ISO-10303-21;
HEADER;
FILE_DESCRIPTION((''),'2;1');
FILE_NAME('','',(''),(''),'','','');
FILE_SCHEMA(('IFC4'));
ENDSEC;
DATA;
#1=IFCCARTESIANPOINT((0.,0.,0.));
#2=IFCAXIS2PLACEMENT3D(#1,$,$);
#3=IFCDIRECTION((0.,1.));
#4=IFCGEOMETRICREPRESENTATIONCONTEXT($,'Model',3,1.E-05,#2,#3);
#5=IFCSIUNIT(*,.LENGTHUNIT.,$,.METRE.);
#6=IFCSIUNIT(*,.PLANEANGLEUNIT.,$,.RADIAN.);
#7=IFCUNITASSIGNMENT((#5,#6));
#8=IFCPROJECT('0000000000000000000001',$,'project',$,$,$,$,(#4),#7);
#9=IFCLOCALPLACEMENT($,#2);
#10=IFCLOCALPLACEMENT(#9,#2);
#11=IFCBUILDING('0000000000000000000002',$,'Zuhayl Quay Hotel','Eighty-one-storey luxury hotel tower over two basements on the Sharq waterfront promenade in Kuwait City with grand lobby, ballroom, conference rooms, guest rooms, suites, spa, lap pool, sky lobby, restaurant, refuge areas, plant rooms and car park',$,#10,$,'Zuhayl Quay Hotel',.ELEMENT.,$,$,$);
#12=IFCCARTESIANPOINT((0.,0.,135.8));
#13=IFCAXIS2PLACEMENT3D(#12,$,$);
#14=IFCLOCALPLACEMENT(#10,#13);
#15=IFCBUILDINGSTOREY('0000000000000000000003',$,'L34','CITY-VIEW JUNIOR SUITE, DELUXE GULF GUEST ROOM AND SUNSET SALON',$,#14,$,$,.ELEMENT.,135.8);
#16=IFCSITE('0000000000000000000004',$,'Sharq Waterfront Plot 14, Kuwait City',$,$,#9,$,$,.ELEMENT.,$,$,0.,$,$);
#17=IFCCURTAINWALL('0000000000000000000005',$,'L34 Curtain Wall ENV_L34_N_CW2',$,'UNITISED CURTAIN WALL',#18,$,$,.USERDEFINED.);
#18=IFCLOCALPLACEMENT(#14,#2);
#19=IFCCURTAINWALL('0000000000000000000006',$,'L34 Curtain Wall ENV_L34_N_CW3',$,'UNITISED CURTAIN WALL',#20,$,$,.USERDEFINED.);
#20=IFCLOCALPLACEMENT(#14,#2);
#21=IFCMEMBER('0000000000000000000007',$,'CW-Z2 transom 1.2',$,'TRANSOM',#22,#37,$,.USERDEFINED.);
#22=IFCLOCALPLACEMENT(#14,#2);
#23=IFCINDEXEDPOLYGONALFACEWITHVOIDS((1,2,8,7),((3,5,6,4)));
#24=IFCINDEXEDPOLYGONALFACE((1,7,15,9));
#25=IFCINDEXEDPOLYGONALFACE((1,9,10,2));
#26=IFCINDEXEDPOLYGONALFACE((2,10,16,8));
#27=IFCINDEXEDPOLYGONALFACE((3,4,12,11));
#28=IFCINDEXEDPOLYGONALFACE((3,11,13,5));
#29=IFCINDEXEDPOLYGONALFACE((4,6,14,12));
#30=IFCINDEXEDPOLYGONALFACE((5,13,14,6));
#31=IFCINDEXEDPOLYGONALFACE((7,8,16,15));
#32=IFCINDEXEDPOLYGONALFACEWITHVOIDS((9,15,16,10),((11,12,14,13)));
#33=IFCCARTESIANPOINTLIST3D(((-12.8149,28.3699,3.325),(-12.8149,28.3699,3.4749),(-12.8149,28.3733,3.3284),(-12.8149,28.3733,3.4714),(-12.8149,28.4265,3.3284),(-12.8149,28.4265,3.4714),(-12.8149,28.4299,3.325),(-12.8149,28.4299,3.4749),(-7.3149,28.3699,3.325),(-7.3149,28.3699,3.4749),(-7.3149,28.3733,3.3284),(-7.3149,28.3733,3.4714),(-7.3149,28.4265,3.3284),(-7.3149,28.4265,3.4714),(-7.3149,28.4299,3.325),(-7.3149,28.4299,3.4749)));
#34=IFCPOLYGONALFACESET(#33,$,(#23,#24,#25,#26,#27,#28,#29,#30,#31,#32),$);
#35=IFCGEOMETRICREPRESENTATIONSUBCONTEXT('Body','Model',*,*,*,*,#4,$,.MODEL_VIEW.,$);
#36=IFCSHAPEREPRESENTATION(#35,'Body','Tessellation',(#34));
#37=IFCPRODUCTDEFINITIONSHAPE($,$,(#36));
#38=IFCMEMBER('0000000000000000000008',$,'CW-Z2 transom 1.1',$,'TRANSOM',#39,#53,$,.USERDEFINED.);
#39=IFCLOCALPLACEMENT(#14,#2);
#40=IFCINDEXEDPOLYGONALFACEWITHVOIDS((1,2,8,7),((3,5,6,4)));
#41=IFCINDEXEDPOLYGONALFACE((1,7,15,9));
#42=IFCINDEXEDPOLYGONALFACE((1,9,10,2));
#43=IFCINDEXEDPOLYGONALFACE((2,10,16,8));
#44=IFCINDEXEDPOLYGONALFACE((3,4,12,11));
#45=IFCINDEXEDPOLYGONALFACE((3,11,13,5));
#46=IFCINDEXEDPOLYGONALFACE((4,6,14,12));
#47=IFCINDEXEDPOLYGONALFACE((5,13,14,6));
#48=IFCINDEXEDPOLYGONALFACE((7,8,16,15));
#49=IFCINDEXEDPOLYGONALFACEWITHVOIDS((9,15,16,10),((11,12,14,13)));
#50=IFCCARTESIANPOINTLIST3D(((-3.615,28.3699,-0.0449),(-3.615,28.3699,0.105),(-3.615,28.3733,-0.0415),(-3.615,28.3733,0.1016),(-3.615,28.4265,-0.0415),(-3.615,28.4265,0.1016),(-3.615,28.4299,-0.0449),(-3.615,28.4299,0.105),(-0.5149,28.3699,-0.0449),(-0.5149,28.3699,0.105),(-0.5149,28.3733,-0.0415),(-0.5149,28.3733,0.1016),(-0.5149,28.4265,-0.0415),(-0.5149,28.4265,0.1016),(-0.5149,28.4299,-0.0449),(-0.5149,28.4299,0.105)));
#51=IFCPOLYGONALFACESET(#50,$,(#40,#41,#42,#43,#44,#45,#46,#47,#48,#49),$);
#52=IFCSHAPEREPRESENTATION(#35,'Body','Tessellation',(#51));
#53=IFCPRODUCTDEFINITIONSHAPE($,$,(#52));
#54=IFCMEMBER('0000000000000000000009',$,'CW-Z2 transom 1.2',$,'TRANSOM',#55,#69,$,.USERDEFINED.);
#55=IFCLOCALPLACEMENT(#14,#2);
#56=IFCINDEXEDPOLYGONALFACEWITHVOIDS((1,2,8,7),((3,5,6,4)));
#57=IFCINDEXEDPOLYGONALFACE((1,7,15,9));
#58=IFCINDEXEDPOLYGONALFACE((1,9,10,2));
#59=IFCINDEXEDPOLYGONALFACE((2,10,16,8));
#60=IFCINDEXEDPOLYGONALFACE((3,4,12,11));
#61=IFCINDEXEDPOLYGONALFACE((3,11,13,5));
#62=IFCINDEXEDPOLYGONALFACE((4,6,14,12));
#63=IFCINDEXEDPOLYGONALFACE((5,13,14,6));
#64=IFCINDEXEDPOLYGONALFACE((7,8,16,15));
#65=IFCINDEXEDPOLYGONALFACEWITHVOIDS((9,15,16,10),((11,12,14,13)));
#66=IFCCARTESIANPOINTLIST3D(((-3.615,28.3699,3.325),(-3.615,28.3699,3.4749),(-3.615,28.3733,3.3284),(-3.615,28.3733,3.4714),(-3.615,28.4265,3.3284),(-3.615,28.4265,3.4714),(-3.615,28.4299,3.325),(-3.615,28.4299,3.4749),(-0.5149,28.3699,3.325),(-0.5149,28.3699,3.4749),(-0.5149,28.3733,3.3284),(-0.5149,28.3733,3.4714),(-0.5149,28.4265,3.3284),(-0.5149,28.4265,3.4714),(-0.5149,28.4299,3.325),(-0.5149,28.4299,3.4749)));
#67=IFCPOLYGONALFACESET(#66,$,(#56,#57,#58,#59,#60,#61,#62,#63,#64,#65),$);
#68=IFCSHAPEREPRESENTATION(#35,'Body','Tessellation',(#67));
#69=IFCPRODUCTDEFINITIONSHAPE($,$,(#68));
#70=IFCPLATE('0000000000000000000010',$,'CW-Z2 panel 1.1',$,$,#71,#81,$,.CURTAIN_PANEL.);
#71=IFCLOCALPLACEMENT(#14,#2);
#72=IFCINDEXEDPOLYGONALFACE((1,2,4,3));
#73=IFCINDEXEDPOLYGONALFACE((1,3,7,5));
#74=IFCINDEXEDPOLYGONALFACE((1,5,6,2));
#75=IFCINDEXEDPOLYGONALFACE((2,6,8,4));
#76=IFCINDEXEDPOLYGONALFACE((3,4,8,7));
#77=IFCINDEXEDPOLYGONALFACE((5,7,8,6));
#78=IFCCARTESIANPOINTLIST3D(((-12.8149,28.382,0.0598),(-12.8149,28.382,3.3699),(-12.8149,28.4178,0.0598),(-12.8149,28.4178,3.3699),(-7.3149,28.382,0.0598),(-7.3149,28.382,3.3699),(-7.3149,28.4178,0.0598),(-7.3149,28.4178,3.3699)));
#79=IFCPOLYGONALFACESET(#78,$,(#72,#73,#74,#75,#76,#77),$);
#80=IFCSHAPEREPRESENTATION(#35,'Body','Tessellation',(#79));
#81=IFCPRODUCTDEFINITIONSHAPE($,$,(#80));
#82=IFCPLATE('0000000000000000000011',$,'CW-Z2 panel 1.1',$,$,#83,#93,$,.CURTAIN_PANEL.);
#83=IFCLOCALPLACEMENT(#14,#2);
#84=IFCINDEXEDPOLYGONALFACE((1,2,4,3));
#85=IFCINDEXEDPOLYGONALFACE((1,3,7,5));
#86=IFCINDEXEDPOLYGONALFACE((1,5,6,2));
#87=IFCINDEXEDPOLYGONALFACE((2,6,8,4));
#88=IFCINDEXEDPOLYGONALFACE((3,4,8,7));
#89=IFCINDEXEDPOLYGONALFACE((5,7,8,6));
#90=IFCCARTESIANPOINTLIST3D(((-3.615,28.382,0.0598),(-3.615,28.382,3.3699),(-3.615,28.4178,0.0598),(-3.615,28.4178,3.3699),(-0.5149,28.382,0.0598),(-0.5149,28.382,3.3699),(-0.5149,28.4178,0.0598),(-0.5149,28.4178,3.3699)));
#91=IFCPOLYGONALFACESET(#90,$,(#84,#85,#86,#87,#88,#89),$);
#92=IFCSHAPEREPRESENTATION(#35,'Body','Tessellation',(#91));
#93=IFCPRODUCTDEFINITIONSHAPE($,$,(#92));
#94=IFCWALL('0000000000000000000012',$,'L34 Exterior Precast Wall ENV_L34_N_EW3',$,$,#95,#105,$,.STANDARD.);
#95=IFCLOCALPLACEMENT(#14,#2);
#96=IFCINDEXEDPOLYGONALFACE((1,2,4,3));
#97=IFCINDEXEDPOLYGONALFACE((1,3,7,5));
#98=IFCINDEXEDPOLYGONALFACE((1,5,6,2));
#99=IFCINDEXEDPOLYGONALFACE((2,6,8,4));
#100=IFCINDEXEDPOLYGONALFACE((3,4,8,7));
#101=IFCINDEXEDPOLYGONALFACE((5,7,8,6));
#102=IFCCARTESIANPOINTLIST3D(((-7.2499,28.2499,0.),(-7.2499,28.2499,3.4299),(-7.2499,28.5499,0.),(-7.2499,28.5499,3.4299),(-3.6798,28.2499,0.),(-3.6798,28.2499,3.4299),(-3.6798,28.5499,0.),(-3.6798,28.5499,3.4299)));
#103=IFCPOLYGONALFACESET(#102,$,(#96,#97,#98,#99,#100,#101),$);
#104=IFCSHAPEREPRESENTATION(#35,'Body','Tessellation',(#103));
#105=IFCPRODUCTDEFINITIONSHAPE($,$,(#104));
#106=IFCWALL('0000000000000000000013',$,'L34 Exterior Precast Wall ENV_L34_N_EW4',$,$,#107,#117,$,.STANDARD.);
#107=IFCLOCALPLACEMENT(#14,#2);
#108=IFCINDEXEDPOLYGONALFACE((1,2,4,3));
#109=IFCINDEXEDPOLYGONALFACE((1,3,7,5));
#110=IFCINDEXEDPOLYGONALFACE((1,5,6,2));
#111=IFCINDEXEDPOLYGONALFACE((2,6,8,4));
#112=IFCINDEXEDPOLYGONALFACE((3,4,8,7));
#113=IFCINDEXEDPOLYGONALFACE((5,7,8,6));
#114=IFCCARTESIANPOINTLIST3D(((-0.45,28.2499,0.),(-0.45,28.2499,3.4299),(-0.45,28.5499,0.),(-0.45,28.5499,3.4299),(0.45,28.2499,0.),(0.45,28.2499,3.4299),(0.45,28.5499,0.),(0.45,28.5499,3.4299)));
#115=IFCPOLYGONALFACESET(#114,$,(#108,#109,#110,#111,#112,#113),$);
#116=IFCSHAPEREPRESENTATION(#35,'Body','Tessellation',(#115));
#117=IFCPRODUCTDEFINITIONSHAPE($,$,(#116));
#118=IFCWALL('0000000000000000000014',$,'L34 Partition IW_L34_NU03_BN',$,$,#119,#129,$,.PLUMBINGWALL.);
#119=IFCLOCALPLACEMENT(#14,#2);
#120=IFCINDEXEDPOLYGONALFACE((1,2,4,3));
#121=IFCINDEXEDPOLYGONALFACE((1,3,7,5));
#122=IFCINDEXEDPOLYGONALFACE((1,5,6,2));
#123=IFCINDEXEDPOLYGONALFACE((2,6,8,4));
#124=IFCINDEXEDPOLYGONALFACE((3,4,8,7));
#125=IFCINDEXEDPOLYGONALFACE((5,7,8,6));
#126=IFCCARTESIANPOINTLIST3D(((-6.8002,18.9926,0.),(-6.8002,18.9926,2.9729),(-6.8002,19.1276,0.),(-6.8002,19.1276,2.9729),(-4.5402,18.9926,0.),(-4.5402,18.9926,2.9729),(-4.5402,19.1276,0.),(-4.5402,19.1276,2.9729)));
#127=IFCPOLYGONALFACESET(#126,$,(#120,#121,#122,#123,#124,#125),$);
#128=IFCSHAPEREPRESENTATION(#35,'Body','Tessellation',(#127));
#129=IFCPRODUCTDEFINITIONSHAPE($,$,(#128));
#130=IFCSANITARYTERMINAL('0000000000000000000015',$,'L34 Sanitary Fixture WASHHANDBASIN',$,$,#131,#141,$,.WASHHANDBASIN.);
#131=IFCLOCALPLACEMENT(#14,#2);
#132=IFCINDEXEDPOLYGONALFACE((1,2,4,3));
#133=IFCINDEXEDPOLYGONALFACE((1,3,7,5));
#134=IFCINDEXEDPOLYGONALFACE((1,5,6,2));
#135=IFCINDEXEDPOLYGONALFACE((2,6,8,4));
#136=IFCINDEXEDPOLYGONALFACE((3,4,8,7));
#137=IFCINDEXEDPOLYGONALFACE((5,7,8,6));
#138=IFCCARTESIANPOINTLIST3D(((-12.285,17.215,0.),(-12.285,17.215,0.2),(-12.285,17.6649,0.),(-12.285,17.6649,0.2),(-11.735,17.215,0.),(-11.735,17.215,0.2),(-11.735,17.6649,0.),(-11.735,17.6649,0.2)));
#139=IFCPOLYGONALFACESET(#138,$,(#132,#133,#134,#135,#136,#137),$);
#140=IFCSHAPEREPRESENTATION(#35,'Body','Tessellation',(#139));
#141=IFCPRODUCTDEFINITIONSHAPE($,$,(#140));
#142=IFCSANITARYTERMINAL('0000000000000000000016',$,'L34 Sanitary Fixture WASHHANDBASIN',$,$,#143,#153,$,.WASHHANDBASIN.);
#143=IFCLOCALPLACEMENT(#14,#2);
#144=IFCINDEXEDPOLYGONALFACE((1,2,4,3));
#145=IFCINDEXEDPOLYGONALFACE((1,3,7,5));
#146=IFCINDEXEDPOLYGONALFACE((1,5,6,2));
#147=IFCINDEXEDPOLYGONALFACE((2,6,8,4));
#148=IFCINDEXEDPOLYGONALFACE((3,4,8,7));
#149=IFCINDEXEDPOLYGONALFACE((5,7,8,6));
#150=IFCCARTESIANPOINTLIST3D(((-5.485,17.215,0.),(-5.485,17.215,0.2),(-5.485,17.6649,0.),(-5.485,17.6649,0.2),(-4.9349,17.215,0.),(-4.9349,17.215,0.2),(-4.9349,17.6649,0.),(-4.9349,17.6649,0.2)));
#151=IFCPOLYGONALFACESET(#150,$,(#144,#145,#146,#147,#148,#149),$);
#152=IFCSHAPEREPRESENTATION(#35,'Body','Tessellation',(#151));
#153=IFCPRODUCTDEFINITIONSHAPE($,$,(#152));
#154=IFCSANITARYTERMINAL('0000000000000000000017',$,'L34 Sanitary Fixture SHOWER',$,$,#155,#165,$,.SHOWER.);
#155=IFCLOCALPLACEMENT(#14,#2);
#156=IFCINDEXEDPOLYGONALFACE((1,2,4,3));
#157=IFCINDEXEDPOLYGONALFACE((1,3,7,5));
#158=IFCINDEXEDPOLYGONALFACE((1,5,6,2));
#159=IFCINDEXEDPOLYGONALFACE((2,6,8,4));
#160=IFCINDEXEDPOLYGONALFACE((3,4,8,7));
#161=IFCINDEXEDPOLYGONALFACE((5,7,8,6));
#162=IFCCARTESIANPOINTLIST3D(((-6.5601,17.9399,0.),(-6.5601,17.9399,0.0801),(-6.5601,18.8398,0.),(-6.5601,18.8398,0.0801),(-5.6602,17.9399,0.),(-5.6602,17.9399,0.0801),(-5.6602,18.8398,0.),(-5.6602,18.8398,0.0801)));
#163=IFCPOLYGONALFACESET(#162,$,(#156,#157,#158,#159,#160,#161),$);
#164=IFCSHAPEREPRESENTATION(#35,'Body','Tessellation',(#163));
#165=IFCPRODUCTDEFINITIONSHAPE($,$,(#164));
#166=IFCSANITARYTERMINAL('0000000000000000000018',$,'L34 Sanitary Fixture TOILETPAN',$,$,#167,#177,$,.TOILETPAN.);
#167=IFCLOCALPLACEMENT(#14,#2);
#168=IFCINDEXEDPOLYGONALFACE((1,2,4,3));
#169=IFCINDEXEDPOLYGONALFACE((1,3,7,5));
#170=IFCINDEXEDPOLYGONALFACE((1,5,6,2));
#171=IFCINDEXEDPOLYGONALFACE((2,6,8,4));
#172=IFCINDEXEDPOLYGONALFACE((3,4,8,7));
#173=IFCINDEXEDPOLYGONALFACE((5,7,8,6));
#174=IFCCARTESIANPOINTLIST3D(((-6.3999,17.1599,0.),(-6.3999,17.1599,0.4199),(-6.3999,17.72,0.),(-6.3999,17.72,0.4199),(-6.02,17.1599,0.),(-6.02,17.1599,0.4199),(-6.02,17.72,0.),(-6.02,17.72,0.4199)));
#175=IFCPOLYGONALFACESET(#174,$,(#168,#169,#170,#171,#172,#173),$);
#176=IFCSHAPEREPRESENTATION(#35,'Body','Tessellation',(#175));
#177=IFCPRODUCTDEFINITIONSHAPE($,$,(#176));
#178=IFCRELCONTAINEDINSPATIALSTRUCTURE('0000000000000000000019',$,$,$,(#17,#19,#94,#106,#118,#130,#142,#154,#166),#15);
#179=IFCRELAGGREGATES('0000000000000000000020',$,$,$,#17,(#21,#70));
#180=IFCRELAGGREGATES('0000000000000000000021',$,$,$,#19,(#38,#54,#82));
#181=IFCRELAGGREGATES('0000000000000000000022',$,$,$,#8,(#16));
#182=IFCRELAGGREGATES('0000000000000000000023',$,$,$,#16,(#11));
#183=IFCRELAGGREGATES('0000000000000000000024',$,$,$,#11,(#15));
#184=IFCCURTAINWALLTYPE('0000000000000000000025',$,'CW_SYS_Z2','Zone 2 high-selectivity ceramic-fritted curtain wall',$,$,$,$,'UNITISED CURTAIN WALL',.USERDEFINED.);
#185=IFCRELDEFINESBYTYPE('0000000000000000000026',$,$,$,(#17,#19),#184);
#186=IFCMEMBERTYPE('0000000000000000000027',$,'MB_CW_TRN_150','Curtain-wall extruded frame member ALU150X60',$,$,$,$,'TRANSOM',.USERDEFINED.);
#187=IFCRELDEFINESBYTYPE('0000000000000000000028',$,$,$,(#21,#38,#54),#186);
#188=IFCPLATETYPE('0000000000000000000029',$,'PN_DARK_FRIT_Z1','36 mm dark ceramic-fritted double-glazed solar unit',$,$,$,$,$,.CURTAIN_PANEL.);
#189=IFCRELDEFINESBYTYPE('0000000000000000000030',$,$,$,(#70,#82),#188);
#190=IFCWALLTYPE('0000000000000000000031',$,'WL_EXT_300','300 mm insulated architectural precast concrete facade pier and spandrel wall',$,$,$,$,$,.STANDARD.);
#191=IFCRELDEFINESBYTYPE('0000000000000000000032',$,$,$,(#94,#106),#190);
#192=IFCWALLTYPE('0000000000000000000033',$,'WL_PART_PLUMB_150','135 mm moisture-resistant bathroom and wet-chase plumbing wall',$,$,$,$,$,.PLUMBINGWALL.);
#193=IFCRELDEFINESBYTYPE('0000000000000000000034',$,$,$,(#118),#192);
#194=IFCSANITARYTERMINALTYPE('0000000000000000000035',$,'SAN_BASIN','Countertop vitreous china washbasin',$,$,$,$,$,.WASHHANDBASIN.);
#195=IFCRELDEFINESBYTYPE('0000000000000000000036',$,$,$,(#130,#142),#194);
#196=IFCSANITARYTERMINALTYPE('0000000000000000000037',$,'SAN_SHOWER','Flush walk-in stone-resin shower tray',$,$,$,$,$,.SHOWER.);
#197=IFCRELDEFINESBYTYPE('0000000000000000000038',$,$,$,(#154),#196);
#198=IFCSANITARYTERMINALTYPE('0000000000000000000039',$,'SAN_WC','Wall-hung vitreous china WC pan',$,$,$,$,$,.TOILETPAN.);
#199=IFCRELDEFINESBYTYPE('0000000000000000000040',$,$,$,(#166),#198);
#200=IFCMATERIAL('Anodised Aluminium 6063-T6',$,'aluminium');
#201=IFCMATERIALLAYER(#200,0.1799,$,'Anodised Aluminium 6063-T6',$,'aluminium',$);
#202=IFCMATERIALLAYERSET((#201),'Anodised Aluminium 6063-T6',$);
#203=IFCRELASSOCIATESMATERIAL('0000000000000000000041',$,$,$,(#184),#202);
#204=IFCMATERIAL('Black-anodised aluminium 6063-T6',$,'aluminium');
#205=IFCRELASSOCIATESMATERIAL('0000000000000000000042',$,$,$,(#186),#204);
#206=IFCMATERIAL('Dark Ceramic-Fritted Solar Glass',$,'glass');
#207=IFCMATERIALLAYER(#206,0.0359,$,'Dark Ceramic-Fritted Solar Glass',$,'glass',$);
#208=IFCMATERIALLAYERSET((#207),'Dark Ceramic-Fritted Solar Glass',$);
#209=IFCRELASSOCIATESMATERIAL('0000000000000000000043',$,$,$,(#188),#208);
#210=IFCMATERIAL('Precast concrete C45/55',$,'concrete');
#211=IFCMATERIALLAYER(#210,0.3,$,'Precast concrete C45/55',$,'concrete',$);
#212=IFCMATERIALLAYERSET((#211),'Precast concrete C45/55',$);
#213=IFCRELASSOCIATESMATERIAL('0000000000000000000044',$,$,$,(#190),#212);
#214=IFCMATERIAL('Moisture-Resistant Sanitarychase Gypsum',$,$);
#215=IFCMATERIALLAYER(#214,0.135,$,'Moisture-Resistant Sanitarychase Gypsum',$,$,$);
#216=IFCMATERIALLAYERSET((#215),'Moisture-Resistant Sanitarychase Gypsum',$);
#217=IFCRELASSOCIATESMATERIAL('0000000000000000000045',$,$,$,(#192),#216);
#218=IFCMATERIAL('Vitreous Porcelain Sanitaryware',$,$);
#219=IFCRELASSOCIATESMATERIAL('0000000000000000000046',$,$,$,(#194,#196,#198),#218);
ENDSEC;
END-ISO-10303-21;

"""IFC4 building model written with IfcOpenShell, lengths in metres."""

from ifc_helpers import new_model, si_unit, direction, frame, frame_2d, origin, origin_2d, place, context, subcontext, project, spatial, rectangle, hollow_rectangle, extrude, material, layer, layer_set, material_profile, profile_set, type_object, element, aggregate, save


model = new_model("IFC4")

# Units and contexts
model_context = context("Model", 3, precision=1e-05, world=origin(), true_north=direction((0.0, 1.0)))
body_context = subcontext(model_context, "Body", "Model", "MODEL_VIEW")
ifc_project = project(units=[si_unit("LENGTHUNIT", "METRE"), si_unit("PLANEANGLEUNIT", "RADIAN")], contexts=[model_context])

# Site, building, storey
site_placement = place(None, origin())
site = spatial("IfcSite", under=ifc_project, at=site_placement, Name="Sharq Waterfront Plot 14, Kuwait City", CompositionType="ELEMENT", RefElevation=0.0)
building_placement = place(site_placement, origin())
building = spatial("IfcBuilding", under=site, at=building_placement, Name="Zuhayl Quay Hotel", Description="Eighty-one-storey luxury hotel tower over two basements on the Sharq waterfront promenade in Kuwait City with grand lobby, ballroom, conference rooms, guest rooms, suites, spa, lap pool, sky lobby, restaurant, refuge areas, plant rooms and car park", LongName="Zuhayl Quay Hotel", CompositionType="ELEMENT")
storey_placement = place(building_placement, frame((0.0, 0.0, 135.8)))
storey = spatial("IfcBuildingStorey", under=building, at=storey_placement, Name="L34", Description="CITY-VIEW JUNIOR SUITE, DELUXE GULF GUEST ROOM AND SUNSET SALON", CompositionType="ELEMENT", Elevation=135.8)

# Curtain walls
ifc_material_1 = material(Name="Anodised Aluminium 6063-T6", Category="aluminium")
ifc_layer_1 = layer(ifc_material_1, 0.1799, Name="Anodised Aluminium 6063-T6", Category="aluminium")
ifc_layer_set_1 = layer_set([ifc_layer_1], Name="Anodised Aluminium 6063-T6")
curtain_wall_type = type_object("IfcCurtainWallType", Name="CW_SYS_Z2", Description="Zone 2 high-selectivity ceramic-fritted curtain wall", ElementType="UNITISED CURTAIN WALL", PredefinedType="USERDEFINED", material=ifc_layer_set_1)
curtain_wall_1_placement = place(storey_placement, origin())
curtain_wall_1 = element("IfcCurtainWall", 1, at=curtain_wall_1_placement, inside=storey, type_object=curtain_wall_type, Name="L34 Curtain Wall ENV_L34_N_CW2", ObjectType="UNITISED CURTAIN WALL", PredefinedType="USERDEFINED")
ifc_material_2 = material(Name="Black-anodised aluminium 6063-T6", Category="aluminium")
curtain_wall_2_placement = place(storey_placement, origin())
curtain_wall_2 = element("IfcCurtainWall", 2, at=curtain_wall_2_placement, inside=storey, type_object=curtain_wall_type, Name="L34 Curtain Wall ENV_L34_N_CW3", ObjectType="UNITISED CURTAIN WALL", PredefinedType="USERDEFINED")

# Members
ifc_material_profile_1 = material_profile(ifc_material_2, hollow_rectangle(XDim=0.0601, YDim=0.1499, WallThickness=0.0034, at=origin_2d()), Name="ALU150X60")
ifc_profile_set_1 = profile_set([ifc_material_profile_1], Name="Black-anodised aluminium 6063-T6")
member_type_1 = type_object("IfcMemberType", Name="MB_CW_TRN_150", Description="Curtain-wall extruded frame member ALU150X60", ElementType="TRANSOM", PredefinedType="USERDEFINED", material=ifc_profile_set_1)
member_1_placement = place(storey_placement, frame((-12.8149, 28.3999, 3.3999), z_axis=(1.0, 0.0, 0.0), x_axis=(0.0, 1.0, 0.0)))
member_1 = element("IfcMember", 3, at=member_1_placement, type_object=member_type_1, Name="CW-Z2 transom 1.2", ObjectType="TRANSOM", PredefinedType="USERDEFINED", context=body_context, shape_type="SweptSolid", body=[
    extrude(hollow_rectangle(XDim=0.0601, YDim=0.1499, WallThickness=0.0034, at=origin_2d()), origin(), (0.0, 0.0, 1.0), 5.5),
])
member_2_placement = place(storey_placement, frame((-3.615, 28.3999, 0.03), z_axis=(1.0, 0.0, 0.0), x_axis=(0.0, 1.0, 0.0)))
member_2 = element("IfcMember", 4, at=member_2_placement, type_object=member_type_1, Name="CW-Z2 transom 1.1", ObjectType="TRANSOM", PredefinedType="USERDEFINED", context=body_context, shape_type="SweptSolid", body=[
    extrude(hollow_rectangle(XDim=0.0601, YDim=0.1499, WallThickness=0.0034, at=origin_2d()), origin(), (0.0, 0.0, 1.0), 3.1001),
])
member_3_placement = place(storey_placement, frame((-3.615, 28.3999, 3.3999), z_axis=(1.0, 0.0, 0.0), x_axis=(0.0, 1.0, 0.0)))
member_3 = element("IfcMember", 5, at=member_3_placement, type_object=member_type_1, Name="CW-Z2 transom 1.2", ObjectType="TRANSOM", PredefinedType="USERDEFINED", context=body_context, shape_type="SweptSolid", body=[
    extrude(hollow_rectangle(XDim=0.0601, YDim=0.1499, WallThickness=0.0034, at=origin_2d()), origin(), (0.0, 0.0, 1.0), 3.1001),
])

# Plates
ifc_material_3 = material(Name="Dark Ceramic-Fritted Solar Glass", Category="glass")
ifc_layer_2 = layer(ifc_material_3, 0.0359, Name="Dark Ceramic-Fritted Solar Glass", Category="glass")
ifc_layer_set_2 = layer_set([ifc_layer_2], Name="Dark Ceramic-Fritted Solar Glass")
plate_type = type_object("IfcPlateType", Name="PN_DARK_FRIT_Z1", Description="36 mm dark ceramic-fritted double-glazed solar unit", PredefinedType="CURTAIN_PANEL", material=ifc_layer_set_2)
plate_1_placement = place(storey_placement, frame((-10.0649, 28.3999, 0.0598), z_axis=(0.0, 0.0, 1.0), x_axis=(1.0, 0.0, 0.0)))
plate_1 = element("IfcPlate", 6, at=plate_1_placement, type_object=plate_type, Name="CW-Z2 panel 1.1", PredefinedType="CURTAIN_PANEL", context=body_context, shape_type="SweptSolid", body=[
    extrude(rectangle(XDim=5.5, YDim=0.0359, at=origin_2d()), origin(), (0.0, 0.0, 1.0), 3.3101),
])
aggregate(curtain_wall_1, [member_1, plate_1])
plate_2_placement = place(storey_placement, frame((-2.0649, 28.3999, 0.0598), z_axis=(0.0, 0.0, 1.0), x_axis=(1.0, 0.0, 0.0)))
plate_2 = element("IfcPlate", 7, at=plate_2_placement, type_object=plate_type, Name="CW-Z2 panel 1.1", PredefinedType="CURTAIN_PANEL", context=body_context, shape_type="SweptSolid", body=[
    extrude(rectangle(XDim=3.1001, YDim=0.0359, at=origin_2d()), origin(), (0.0, 0.0, 1.0), 3.3101),
])
aggregate(curtain_wall_2, [member_2, member_3, plate_2])

# Walls
ifc_material_4 = material(Name="Precast concrete C45/55", Category="concrete")
ifc_layer_3 = layer(ifc_material_4, 0.3, Name="Precast concrete C45/55", Category="concrete")
ifc_layer_set_3 = layer_set([ifc_layer_3], Name="Precast concrete C45/55")
wall_type_1 = type_object("IfcWallType", Name="WL_EXT_300", Description="300 mm insulated architectural precast concrete facade pier and spandrel wall", PredefinedType="STANDARD", material=ifc_layer_set_3)
wall_1_placement = place(storey_placement, frame((-7.25, 28.3999, 0.0), z_axis=(0.0, 0.0, 1.0), x_axis=(1.0, 0.0, 0.0)))
element("IfcWall", 8, at=wall_1_placement, inside=storey, type_object=wall_type_1, Name="L34 Exterior Precast Wall ENV_L34_N_EW3", PredefinedType="STANDARD", context=body_context, shape_type="SweptSolid", body=[
    extrude(rectangle(XDim=3.5701, YDim=0.3, at=frame_2d((1.7852, 0.0))), origin(), (0.0, 0.0, 1.0), 3.4299),
])
wall_2_placement = place(storey_placement, frame((-0.45, 28.3999, 0.0), z_axis=(0.0, 0.0, 1.0), x_axis=(1.0, 0.0, 0.0)))
element("IfcWall", 9, at=wall_2_placement, inside=storey, type_object=wall_type_1, Name="L34 Exterior Precast Wall ENV_L34_N_EW4", PredefinedType="STANDARD", context=body_context, shape_type="SweptSolid", body=[
    extrude(rectangle(XDim=0.8999, YDim=0.3, at=frame_2d((0.45, 0.0))), origin(), (0.0, 0.0, 1.0), 3.4299),
])
ifc_material_5 = material(Name="Moisture-Resistant Sanitarychase Gypsum")
ifc_layer_4 = layer(ifc_material_5, 0.135, Name="Moisture-Resistant Sanitarychase Gypsum")
ifc_layer_set_4 = layer_set([ifc_layer_4], Name="Moisture-Resistant Sanitarychase Gypsum")
wall_type_2 = type_object("IfcWallType", Name="WL_PART_PLUMB_150", Description="135 mm moisture-resistant bathroom and wet-chase plumbing wall", PredefinedType="PLUMBINGWALL", material=ifc_layer_set_4)
wall_3_placement = place(storey_placement, frame((-6.8, 19.0601, 0.0), z_axis=(0.0, 0.0, 1.0), x_axis=(1.0, 0.0, 0.0)))
element("IfcWall", 10, at=wall_3_placement, inside=storey, type_object=wall_type_2, Name="L34 Partition IW_L34_NU03_BN", PredefinedType="PLUMBINGWALL", context=body_context, shape_type="SweptSolid", body=[
    extrude(rectangle(XDim=2.26, YDim=0.135, at=frame_2d((1.1299, 0.0))), origin(), (0.0, 0.0, 1.0), 2.9729),
])

# Sanitary terminals
ifc_material_6 = material(Name="Vitreous Porcelain Sanitaryware")
sanitary_terminal_type_1 = type_object("IfcSanitaryTerminalType", Name="SAN_BASIN", Description="Countertop vitreous china washbasin", PredefinedType="WASHHANDBASIN", material=ifc_material_6)
for number, where, z_axis, x_axis, name in (
    (11, (-12.01, 17.4399, 0.0), (0.0, 0.0, 1.0), (1.0, 0.0, 0.0), "L34 Sanitary Fixture WASHHANDBASIN"),
    (12, (-5.21, 17.4399, 0.0), (0.0, 0.0, 1.0), (1.0, 0.0, 0.0), "L34 Sanitary Fixture WASHHANDBASIN"),
):
    element("IfcSanitaryTerminal", number, at=place(storey_placement, frame(where, z_axis=z_axis, x_axis=x_axis)), inside=storey, type_object=sanitary_terminal_type_1, Name=name, PredefinedType="WASHHANDBASIN", context=body_context, shape_type="SweptSolid", body=[
        extrude(rectangle(XDim=0.55, YDim=0.45, at=origin_2d()), origin(), (0.0, 0.0, 1.0), 0.2),
    ])
sanitary_terminal_type_2 = type_object("IfcSanitaryTerminalType", Name="SAN_SHOWER", Description="Flush walk-in stone-resin shower tray", PredefinedType="SHOWER", material=ifc_material_6)
sanitary_terminal_1_placement = place(storey_placement, frame((-6.1101, 18.3899, 0.0), z_axis=(0.0, 0.0, 1.0), x_axis=(1.0, 0.0, 0.0)))
element("IfcSanitaryTerminal", 13, at=sanitary_terminal_1_placement, inside=storey, type_object=sanitary_terminal_type_2, Name="L34 Sanitary Fixture SHOWER", PredefinedType="SHOWER", context=body_context, shape_type="SweptSolid", body=[
    extrude(rectangle(XDim=0.8999, YDim=0.8999, at=origin_2d()), origin(), (0.0, 0.0, 1.0), 0.0801),
])
sanitary_terminal_type_3 = type_object("IfcSanitaryTerminalType", Name="SAN_WC", Description="Wall-hung vitreous china WC pan", PredefinedType="TOILETPAN", material=ifc_material_6)
sanitary_terminal_2_placement = place(storey_placement, frame((-6.21, 17.4399, 0.0), z_axis=(0.0, 0.0, 1.0), x_axis=(1.0, 0.0, 0.0)))
element("IfcSanitaryTerminal", 14, at=sanitary_terminal_2_placement, inside=storey, type_object=sanitary_terminal_type_3, Name="L34 Sanitary Fixture TOILETPAN", PredefinedType="TOILETPAN", context=body_context, shape_type="SweptSolid", body=[
    extrude(rectangle(XDim=0.3799, YDim=0.5601, at=origin_2d()), origin(), (0.0, 0.0, 1.0), 0.4199),
])

save(model, "model.ifc")
